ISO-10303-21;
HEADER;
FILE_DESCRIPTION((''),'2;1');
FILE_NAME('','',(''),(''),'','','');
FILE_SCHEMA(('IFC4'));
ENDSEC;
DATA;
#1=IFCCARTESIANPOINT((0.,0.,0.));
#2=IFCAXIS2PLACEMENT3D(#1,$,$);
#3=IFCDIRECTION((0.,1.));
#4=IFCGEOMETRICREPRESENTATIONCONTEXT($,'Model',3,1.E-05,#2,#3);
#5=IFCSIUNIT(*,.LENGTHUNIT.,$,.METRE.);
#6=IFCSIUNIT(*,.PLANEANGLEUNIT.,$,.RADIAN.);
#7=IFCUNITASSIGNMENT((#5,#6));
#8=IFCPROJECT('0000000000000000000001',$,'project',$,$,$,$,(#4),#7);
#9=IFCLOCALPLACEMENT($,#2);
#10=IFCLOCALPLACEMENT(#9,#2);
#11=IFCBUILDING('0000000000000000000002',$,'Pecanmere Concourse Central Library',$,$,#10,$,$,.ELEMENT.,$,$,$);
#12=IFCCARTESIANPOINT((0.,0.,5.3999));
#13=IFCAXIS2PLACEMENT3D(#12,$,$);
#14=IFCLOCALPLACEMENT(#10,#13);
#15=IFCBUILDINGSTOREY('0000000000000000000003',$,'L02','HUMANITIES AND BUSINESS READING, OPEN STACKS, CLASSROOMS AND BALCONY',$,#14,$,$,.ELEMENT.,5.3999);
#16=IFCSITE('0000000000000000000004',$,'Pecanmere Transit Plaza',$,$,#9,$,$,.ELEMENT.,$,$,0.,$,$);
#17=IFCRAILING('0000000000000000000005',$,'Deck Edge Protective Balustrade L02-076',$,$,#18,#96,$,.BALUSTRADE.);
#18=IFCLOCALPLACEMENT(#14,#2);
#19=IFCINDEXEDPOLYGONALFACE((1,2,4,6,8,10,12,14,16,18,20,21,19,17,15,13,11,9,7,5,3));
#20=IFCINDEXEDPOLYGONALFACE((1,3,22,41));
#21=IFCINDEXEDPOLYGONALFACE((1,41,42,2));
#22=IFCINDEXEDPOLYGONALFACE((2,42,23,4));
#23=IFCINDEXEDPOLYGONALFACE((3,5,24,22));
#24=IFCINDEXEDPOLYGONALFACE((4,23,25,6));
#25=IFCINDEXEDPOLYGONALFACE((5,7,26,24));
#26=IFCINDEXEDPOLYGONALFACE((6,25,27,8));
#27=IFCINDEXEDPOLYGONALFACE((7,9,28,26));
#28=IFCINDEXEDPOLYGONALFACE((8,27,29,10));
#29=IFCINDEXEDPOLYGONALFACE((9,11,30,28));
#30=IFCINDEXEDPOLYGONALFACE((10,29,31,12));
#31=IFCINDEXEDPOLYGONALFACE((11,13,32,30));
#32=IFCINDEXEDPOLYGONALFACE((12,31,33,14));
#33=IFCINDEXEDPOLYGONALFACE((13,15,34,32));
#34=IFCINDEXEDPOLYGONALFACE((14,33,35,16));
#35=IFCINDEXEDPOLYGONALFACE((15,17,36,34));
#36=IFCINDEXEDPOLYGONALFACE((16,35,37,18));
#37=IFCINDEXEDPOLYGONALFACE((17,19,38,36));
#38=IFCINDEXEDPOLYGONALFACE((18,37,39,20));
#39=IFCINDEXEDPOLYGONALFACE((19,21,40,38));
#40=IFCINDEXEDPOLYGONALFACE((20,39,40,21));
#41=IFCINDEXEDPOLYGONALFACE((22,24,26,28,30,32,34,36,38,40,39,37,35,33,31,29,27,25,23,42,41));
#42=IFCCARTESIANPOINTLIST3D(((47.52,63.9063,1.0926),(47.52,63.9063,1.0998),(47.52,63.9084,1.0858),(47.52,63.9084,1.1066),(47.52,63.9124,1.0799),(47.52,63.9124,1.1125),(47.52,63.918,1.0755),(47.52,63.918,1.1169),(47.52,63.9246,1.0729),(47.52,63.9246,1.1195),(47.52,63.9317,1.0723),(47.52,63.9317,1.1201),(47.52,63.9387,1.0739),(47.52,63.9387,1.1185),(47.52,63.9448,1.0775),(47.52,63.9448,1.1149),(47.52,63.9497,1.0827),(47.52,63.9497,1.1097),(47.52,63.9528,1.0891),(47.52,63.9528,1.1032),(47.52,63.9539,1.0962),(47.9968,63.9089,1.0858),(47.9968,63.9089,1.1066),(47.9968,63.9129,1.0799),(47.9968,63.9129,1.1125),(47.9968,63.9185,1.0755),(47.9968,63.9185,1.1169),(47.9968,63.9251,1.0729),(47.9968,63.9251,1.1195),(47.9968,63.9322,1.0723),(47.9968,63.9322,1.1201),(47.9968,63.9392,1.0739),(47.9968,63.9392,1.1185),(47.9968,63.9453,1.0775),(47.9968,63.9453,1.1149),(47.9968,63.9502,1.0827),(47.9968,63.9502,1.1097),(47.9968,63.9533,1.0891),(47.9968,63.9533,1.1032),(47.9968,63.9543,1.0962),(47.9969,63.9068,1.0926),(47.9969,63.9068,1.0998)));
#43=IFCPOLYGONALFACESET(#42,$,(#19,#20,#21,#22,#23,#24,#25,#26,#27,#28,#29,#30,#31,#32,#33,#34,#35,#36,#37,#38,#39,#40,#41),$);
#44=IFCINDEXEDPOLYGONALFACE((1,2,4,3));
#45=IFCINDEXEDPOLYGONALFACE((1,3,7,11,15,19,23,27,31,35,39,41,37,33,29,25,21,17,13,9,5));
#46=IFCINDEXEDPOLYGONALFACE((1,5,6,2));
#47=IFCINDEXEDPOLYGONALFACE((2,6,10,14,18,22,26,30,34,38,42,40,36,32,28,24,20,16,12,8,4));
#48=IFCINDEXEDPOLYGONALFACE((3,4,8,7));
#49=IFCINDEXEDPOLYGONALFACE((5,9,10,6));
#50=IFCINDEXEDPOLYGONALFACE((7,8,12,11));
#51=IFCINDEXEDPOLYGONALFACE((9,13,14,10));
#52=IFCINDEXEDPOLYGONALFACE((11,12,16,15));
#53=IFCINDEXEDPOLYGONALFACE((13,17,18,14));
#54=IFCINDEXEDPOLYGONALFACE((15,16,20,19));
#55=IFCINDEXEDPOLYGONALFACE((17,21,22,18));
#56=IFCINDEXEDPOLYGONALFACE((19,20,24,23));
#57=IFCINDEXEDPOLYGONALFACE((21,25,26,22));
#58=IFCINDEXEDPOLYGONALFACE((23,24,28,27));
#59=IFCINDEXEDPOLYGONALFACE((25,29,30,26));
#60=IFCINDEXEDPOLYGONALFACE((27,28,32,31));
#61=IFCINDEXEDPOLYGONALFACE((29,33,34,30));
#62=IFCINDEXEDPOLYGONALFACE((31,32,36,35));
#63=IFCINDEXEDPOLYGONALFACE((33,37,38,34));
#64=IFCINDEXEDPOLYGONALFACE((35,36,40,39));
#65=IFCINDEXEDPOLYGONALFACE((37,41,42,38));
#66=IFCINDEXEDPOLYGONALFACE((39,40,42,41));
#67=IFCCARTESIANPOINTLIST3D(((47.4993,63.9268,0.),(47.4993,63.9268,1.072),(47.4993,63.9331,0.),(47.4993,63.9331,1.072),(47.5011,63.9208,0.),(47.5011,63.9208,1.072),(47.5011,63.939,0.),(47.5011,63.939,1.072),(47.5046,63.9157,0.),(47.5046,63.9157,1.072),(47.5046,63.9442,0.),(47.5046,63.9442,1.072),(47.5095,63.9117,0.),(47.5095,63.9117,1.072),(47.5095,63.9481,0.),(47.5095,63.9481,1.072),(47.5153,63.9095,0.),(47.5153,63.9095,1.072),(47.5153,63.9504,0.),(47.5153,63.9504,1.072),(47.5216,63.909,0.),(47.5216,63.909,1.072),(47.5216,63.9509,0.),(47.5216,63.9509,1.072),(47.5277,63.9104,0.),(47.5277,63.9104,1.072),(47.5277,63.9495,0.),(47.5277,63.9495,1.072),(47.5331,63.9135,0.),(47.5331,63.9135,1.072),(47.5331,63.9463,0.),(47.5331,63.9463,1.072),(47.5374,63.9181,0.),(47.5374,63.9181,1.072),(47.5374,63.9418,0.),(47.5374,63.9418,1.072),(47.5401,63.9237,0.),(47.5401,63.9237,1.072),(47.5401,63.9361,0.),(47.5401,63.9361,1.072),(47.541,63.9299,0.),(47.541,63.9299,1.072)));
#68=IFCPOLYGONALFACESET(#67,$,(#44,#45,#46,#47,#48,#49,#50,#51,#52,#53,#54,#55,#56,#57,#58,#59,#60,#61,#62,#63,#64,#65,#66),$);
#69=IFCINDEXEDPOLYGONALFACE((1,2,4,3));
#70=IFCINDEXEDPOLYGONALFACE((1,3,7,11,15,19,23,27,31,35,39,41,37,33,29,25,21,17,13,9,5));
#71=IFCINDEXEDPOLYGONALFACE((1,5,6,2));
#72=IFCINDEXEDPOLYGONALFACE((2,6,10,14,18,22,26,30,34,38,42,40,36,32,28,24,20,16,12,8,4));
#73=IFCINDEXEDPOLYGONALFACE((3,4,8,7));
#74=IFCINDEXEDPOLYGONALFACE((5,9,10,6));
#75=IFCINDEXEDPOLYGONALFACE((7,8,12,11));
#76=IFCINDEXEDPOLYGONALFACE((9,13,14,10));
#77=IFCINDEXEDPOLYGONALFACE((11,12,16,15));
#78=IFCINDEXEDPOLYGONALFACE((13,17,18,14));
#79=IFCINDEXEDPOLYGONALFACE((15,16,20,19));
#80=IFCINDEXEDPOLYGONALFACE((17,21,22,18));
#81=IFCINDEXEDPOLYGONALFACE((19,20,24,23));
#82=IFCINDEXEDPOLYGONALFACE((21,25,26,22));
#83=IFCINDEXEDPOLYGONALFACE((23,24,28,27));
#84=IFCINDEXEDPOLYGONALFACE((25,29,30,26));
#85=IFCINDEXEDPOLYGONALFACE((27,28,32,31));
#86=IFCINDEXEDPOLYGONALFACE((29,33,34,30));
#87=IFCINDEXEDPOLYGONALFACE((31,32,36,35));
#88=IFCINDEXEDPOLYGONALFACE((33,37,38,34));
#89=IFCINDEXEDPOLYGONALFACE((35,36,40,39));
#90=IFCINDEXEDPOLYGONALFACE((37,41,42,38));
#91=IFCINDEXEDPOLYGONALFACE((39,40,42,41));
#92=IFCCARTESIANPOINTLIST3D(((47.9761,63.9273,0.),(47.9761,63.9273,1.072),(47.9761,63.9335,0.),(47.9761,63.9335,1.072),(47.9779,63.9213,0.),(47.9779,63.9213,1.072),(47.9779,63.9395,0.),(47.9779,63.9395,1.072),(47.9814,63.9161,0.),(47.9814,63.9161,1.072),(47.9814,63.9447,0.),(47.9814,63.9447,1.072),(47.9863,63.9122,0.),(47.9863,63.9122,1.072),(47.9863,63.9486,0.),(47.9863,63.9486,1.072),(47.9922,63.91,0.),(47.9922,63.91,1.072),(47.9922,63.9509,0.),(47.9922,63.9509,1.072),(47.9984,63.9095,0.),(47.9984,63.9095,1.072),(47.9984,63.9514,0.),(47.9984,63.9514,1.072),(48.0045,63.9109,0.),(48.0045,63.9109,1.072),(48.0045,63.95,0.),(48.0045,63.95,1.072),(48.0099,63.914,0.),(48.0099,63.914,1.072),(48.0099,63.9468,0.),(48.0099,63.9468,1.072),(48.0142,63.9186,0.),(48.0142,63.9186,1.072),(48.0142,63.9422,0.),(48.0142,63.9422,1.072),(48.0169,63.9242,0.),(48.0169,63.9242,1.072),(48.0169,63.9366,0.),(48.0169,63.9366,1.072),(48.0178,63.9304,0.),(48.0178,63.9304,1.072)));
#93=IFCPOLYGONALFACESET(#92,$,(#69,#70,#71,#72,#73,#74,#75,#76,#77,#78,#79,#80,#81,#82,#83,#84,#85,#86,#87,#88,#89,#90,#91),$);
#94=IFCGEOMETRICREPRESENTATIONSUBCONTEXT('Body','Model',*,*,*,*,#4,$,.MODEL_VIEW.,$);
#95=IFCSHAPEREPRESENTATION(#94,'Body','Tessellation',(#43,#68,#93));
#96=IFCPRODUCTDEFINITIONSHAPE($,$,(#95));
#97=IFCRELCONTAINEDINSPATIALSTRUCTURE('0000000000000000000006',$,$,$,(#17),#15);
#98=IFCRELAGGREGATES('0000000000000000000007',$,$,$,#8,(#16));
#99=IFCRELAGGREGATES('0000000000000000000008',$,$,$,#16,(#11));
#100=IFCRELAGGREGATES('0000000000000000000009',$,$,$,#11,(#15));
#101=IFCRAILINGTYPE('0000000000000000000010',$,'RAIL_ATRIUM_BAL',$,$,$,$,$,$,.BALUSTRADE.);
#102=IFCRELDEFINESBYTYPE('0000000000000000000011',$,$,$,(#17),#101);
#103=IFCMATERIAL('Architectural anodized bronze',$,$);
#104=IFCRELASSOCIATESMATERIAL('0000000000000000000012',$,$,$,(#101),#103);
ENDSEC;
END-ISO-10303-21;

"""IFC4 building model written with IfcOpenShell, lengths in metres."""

from ifc_helpers import new_model, si_unit, direction, frame, origin, origin_2d, place, context, subcontext, project, spatial, circle, extrude, material, type_object, element, save


model = new_model("IFC4")

# Units and contexts
model_context = context("Model", 3, precision=1e-05, world=origin(), true_north=direction((0.0, 1.0)))
body_context = subcontext(model_context, "Body", "Model", "MODEL_VIEW")
ifc_project = project(units=[si_unit("LENGTHUNIT", "METRE"), si_unit("PLANEANGLEUNIT", "RADIAN")], contexts=[model_context])

# Site, building, storey
site_placement = place(None, origin())
site = spatial("IfcSite", under=ifc_project, at=site_placement, Name="Pecanmere Transit Plaza", CompositionType="ELEMENT", RefElevation=0.0)
building_placement = place(site_placement, origin())
building = spatial("IfcBuilding", under=site, at=building_placement, Name="Pecanmere Concourse Central Library", CompositionType="ELEMENT")
storey_placement = place(building_placement, frame((0.0, 0.0, 5.3999)))
storey = spatial("IfcBuildingStorey", under=building, at=storey_placement, Name="L02", Description="HUMANITIES AND BUSINESS READING, OPEN STACKS, CLASSROOMS AND BALCONY", CompositionType="ELEMENT", Elevation=5.3999)

# Railing
ifc_material_1 = material(Name="Architectural anodized bronze")
railing_type = type_object("IfcRailingType", Name="RAIL_ATRIUM_BAL", PredefinedType="BALUSTRADE", material=ifc_material_1)
railing_1_placement = place(storey_placement, frame((47.52, 63.9299, 0.0)))
element("IfcRailing", 1, at=railing_1_placement, inside=storey, type_object=railing_type, Name="Deck Edge Protective Balustrade L02-076", PredefinedType="BALUSTRADE", context=body_context, shape_type="SweptSolid", body=[
    extrude(circle(Radius=0.0239, at=origin_2d()), frame((0.0, 0.0, 1.0962), z_axis=(0.999999, 0.001024, 0.0), x_axis=(-0.001024, 0.999999, 0.0)), (0.0, 0.0, 1.0), 0.4768),
    extrude(circle(Radius=0.021, at=origin_2d()), origin(), (0.0, 0.0, 1.0), 1.072),
    extrude(circle(Radius=0.021, at=origin_2d()), frame((0.4768, 0.0005, 0.0)), (0.0, 0.0, 1.0), 1.072),
])

save(model, "model.ifc")
